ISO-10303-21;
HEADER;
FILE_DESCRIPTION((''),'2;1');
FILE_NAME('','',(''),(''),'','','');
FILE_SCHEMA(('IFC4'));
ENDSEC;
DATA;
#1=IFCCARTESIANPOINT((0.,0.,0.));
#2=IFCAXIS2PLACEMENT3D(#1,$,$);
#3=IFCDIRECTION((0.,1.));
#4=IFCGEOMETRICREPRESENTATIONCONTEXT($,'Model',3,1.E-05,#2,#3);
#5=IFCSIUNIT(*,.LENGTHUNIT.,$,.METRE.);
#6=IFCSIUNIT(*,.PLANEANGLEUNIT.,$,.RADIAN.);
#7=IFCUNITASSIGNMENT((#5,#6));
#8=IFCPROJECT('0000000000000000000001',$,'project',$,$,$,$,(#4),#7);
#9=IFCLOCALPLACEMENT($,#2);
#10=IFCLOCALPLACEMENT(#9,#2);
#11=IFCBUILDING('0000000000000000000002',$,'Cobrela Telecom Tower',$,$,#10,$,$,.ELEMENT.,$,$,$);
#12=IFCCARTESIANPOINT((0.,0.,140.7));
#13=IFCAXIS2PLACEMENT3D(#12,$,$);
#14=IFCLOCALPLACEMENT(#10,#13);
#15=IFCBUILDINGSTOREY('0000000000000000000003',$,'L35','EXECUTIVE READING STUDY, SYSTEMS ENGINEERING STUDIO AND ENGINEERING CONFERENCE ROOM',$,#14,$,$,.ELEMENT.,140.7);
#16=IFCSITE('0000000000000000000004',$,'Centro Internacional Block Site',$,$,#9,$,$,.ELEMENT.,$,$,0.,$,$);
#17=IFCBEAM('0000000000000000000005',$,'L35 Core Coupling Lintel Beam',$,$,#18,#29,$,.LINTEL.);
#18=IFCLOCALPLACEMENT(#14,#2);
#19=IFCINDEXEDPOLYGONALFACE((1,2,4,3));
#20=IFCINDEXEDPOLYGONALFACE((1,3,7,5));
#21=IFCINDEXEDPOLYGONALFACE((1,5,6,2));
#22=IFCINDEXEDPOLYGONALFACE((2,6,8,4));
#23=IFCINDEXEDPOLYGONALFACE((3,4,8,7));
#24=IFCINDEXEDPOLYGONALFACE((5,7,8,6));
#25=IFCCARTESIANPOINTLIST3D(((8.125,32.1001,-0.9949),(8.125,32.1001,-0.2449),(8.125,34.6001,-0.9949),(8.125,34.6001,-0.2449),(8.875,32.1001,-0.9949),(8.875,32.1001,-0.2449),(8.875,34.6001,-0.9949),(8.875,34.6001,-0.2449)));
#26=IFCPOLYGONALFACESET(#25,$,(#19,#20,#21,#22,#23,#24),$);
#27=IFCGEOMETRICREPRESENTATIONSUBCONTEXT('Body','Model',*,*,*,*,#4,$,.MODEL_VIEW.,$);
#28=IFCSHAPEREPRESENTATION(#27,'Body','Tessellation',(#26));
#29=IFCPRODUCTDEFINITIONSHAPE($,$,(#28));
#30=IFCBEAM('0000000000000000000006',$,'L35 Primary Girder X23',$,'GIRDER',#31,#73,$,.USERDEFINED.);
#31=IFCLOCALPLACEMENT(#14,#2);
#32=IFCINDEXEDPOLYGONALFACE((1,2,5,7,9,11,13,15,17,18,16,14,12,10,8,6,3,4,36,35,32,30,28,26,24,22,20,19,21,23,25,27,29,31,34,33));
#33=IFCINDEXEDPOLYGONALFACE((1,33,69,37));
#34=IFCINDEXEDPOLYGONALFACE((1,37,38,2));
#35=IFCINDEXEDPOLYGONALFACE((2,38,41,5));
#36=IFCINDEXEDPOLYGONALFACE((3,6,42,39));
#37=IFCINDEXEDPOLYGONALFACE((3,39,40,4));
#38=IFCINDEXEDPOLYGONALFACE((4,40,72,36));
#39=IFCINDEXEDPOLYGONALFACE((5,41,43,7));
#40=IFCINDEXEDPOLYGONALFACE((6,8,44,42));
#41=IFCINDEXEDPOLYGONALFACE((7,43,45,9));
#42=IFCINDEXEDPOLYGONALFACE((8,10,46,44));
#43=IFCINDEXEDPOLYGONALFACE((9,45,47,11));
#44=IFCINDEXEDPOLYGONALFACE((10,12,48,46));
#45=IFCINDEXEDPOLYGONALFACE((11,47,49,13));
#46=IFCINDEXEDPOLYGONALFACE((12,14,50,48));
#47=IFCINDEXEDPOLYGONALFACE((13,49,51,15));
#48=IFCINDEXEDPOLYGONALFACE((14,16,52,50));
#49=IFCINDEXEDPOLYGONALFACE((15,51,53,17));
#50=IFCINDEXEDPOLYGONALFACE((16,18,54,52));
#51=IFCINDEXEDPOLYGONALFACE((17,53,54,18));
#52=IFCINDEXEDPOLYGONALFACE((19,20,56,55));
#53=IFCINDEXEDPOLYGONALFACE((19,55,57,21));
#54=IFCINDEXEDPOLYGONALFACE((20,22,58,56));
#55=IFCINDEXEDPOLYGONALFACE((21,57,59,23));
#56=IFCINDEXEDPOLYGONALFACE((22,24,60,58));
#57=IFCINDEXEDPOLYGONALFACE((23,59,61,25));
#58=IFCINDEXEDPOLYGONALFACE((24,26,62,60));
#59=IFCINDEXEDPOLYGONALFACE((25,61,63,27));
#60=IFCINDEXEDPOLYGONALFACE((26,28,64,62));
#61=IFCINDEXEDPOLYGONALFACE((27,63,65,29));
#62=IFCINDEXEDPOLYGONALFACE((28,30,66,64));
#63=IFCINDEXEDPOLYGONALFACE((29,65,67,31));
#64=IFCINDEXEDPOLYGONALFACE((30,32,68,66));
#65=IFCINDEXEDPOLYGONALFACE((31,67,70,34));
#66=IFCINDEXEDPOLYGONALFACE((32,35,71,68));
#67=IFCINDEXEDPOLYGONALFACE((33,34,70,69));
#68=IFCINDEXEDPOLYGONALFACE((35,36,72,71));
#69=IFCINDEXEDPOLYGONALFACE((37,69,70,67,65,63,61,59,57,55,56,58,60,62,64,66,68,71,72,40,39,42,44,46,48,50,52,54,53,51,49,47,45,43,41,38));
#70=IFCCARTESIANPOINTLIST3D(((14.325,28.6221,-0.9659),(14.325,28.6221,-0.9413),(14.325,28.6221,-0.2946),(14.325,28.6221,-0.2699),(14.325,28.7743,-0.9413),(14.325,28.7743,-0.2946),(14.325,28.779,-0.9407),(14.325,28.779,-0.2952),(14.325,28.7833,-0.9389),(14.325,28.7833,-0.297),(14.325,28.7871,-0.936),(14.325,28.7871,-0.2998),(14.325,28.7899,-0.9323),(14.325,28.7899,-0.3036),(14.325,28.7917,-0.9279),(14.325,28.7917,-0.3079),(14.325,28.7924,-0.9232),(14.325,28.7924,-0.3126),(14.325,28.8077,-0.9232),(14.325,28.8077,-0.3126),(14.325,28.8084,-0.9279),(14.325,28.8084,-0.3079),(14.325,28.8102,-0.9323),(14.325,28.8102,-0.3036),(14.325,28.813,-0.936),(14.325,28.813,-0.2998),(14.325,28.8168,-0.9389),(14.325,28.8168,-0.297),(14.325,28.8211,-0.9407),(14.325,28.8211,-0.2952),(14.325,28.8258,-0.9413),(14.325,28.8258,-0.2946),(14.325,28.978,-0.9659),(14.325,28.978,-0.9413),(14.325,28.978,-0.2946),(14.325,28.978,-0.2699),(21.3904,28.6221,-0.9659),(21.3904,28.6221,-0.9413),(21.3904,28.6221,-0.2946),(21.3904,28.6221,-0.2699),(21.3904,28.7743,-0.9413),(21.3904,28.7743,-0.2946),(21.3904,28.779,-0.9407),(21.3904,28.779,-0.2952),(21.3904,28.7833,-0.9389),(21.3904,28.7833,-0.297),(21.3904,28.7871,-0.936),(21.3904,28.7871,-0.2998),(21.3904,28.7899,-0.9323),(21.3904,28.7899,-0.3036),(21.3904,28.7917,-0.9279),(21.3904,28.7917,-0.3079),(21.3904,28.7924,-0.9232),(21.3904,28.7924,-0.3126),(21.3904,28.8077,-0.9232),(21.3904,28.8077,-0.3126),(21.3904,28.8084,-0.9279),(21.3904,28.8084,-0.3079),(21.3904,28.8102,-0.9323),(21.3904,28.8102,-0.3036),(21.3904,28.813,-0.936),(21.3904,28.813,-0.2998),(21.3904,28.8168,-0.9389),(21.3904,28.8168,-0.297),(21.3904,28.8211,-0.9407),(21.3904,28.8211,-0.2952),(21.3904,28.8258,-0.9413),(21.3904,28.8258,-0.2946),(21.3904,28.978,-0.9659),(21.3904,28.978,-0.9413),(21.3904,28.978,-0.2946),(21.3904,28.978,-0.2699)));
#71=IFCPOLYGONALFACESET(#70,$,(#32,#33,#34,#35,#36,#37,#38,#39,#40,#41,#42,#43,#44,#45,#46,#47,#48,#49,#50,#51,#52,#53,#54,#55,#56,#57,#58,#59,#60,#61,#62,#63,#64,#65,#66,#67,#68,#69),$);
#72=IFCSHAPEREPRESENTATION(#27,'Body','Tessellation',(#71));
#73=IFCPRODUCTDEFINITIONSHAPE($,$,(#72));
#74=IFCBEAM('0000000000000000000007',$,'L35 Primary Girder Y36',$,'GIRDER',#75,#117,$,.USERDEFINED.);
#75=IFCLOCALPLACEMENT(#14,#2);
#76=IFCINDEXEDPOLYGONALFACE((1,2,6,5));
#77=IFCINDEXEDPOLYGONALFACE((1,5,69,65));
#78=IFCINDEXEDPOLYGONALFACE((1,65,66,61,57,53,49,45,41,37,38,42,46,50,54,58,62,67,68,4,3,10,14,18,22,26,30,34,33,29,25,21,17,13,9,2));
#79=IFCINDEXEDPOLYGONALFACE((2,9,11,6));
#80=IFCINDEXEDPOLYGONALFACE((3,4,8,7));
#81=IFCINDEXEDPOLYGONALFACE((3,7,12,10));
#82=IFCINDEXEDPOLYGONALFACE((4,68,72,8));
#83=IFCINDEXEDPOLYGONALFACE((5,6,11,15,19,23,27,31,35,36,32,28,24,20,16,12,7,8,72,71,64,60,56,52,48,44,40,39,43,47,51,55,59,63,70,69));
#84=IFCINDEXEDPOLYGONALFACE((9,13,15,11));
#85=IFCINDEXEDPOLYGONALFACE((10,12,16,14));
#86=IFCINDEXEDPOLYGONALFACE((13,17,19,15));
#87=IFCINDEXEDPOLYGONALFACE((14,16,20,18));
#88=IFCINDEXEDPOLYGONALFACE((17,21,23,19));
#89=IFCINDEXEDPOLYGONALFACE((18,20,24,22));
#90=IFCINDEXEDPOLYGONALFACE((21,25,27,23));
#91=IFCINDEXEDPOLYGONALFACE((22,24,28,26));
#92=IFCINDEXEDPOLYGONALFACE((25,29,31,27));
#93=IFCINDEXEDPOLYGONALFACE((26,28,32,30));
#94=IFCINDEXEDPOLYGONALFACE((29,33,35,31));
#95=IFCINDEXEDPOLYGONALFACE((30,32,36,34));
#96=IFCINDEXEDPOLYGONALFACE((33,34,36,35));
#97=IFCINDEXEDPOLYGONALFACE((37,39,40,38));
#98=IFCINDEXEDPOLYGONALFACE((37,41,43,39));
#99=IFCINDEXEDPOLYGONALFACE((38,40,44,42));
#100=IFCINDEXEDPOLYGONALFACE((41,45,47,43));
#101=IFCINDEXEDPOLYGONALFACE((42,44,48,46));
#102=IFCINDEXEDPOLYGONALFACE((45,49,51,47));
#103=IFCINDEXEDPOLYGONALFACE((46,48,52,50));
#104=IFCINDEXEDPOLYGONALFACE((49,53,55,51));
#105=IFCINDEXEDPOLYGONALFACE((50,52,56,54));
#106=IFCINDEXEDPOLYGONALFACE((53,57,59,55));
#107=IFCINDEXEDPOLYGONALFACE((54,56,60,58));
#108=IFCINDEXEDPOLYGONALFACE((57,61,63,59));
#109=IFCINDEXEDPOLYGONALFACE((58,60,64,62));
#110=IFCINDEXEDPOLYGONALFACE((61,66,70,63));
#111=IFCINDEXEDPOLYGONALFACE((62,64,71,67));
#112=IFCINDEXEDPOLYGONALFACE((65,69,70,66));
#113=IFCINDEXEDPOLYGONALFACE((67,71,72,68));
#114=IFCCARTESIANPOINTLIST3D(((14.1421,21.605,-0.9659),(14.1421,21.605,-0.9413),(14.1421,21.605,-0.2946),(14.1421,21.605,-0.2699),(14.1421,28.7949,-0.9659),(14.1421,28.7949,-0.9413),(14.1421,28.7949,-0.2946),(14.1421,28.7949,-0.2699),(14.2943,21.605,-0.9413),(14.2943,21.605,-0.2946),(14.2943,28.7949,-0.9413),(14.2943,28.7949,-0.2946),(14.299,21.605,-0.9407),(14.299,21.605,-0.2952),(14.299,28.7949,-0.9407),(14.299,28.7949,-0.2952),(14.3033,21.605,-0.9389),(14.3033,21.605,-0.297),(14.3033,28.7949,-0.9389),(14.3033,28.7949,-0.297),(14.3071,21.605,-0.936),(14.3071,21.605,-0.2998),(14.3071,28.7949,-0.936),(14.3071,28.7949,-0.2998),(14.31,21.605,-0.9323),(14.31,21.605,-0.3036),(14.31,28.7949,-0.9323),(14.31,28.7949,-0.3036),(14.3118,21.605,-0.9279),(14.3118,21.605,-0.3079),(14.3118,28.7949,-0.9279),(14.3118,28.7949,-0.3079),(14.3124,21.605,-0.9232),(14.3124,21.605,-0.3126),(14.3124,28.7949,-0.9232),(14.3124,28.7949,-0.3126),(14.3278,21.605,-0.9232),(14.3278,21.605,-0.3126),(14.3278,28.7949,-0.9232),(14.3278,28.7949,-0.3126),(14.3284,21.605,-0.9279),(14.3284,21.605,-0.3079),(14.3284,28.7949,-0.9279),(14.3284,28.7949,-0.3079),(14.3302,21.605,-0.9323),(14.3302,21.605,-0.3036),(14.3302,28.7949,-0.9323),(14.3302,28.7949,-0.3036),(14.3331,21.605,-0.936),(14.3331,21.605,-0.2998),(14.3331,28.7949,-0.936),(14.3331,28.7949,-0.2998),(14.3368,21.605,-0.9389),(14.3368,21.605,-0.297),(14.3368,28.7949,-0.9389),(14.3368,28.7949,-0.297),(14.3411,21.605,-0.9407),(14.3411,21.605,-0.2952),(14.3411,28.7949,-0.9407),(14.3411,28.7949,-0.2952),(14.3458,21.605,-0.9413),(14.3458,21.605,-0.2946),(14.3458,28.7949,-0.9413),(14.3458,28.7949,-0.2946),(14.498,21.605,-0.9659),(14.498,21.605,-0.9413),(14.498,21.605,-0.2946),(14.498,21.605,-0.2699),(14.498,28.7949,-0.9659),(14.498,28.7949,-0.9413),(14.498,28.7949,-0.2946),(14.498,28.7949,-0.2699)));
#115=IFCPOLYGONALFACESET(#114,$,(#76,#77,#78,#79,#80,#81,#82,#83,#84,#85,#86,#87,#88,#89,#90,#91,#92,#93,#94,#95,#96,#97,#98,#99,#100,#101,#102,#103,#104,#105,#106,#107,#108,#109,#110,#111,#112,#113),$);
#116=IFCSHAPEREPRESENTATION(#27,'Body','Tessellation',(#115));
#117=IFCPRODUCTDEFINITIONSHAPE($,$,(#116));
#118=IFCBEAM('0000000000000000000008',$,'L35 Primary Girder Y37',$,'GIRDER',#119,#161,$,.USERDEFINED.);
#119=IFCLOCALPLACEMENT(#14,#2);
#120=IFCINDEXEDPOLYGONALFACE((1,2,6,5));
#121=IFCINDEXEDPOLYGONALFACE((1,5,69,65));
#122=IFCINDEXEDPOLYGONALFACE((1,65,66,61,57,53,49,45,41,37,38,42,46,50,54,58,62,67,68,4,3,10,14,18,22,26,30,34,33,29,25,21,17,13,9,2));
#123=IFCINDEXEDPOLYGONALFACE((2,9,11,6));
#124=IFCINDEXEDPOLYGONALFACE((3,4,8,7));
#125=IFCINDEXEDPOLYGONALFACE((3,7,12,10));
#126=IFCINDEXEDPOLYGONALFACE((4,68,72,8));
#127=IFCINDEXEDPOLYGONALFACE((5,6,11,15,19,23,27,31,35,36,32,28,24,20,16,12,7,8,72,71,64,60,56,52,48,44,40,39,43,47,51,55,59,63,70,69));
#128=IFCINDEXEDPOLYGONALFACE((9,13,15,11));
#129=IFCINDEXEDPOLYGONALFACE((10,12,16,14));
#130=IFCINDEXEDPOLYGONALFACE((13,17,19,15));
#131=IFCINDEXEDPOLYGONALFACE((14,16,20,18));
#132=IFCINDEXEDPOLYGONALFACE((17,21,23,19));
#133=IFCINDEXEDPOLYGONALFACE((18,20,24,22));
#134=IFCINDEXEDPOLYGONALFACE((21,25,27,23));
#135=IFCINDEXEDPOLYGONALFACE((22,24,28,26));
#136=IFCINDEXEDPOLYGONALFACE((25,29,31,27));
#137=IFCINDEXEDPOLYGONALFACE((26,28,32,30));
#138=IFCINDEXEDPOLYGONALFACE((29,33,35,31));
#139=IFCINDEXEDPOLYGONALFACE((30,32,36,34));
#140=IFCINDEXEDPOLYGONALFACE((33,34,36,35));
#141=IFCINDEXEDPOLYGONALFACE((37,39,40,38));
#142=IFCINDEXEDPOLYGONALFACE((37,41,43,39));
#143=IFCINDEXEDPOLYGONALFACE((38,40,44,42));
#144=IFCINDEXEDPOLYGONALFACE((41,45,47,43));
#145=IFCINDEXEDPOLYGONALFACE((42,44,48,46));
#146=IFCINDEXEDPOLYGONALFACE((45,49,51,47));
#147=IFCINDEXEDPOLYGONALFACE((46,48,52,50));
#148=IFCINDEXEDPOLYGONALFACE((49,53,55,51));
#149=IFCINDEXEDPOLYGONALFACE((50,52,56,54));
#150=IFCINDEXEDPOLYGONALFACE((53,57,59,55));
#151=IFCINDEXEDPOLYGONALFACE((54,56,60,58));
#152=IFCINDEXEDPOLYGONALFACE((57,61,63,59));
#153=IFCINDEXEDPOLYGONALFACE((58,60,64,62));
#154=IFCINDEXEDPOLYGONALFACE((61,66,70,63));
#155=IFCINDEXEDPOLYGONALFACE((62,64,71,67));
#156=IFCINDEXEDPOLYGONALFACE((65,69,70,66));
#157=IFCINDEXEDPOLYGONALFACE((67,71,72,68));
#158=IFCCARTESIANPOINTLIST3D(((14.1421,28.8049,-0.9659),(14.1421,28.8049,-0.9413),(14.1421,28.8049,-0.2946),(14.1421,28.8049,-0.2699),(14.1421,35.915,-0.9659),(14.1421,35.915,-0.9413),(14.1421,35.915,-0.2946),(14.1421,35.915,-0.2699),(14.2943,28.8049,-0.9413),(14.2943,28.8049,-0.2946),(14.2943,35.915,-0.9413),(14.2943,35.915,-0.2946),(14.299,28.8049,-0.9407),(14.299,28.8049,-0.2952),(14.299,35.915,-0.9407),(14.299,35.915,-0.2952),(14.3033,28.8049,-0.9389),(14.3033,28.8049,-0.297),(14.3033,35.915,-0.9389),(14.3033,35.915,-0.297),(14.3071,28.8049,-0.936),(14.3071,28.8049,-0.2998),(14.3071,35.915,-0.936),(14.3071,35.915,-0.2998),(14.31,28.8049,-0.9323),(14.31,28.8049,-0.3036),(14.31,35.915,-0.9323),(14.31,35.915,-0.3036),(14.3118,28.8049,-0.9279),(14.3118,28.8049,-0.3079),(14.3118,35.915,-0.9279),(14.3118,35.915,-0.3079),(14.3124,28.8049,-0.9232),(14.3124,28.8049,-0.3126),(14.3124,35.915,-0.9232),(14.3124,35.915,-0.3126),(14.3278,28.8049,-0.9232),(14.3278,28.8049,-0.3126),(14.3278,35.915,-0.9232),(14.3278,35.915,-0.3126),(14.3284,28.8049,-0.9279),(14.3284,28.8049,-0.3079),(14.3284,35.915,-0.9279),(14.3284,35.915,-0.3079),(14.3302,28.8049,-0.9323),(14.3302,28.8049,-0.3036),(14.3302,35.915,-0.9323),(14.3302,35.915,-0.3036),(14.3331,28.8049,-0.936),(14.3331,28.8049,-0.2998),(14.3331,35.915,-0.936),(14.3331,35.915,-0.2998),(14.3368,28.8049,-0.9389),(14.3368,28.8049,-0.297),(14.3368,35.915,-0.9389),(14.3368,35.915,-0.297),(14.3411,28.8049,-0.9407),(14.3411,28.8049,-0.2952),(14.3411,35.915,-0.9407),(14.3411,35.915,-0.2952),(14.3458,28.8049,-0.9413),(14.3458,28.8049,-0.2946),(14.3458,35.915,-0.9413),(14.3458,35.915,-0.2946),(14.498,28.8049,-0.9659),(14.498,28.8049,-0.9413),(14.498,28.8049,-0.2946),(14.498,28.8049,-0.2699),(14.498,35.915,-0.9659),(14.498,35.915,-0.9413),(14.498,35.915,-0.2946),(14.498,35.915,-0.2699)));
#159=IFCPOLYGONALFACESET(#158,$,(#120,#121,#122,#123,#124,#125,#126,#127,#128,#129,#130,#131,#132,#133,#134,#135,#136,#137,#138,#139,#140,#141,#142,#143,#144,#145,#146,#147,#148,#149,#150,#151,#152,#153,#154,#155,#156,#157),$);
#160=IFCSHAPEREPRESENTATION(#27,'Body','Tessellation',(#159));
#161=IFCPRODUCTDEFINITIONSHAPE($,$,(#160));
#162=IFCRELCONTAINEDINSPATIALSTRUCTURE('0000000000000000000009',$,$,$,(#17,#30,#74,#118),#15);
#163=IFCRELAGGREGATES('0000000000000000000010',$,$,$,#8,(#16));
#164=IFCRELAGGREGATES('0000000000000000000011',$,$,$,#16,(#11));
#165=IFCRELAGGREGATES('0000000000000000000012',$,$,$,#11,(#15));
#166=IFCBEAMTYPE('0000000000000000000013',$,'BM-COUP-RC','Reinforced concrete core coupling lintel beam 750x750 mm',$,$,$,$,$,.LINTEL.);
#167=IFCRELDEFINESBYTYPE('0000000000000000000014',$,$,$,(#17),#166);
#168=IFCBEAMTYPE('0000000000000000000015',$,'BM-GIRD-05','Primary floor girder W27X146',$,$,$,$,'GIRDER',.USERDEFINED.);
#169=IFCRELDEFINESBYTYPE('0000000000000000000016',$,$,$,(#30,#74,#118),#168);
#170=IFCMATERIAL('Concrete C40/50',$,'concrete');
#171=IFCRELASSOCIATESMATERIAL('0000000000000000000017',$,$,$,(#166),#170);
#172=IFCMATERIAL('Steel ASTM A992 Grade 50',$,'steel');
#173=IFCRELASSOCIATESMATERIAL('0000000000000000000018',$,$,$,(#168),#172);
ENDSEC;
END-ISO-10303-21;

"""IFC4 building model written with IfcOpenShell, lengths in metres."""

from ifc_helpers import new_model, si_unit, direction, frame, origin, origin_2d, place, context, subcontext, project, spatial, rectangle, i_section, extrude, material, material_profile, profile_set, type_object, element, save


model = new_model("IFC4")

# Units and contexts
model_context = context("Model", 3, precision=1e-05, world=origin(), true_north=direction((0.0, 1.0)))
body_context = subcontext(model_context, "Body", "Model", "MODEL_VIEW")
ifc_project = project(units=[si_unit("LENGTHUNIT", "METRE"), si_unit("PLANEANGLEUNIT", "RADIAN")], contexts=[model_context])

# Site, building, storey
site_placement = place(None, origin())
site = spatial("IfcSite", under=ifc_project, at=site_placement, Name="Centro Internacional Block Site", CompositionType="ELEMENT", RefElevation=0.0)
building_placement = place(site_placement, origin())
building = spatial("IfcBuilding", under=site, at=building_placement, Name="Cobrela Telecom Tower", CompositionType="ELEMENT")
storey_placement = place(building_placement, frame((0.0, 0.0, 140.7)))
storey = spatial("IfcBuildingStorey", under=building, at=storey_placement, Name="L35", Description="EXECUTIVE READING STUDY, SYSTEMS ENGINEERING STUDIO AND ENGINEERING CONFERENCE ROOM", CompositionType="ELEMENT", Elevation=140.7)

# Beams
ifc_material_1 = material(Name="Concrete C40/50", Category="concrete")
ifc_material_profile_1 = material_profile(ifc_material_1, rectangle(XDim=0.75, YDim=0.75, at=origin_2d()), Name="RC 750x750")
ifc_profile_set_1 = profile_set([ifc_material_profile_1], Name="Concrete C40/50")
beam_type_1 = type_object("IfcBeamType", Name="BM-COUP-RC", Description="Reinforced concrete core coupling lintel beam 750x750 mm", PredefinedType="LINTEL", material=ifc_profile_set_1)
beam_1_placement = place(storey_placement, frame((8.5, 32.1001, -0.6199), z_axis=(0.0, 1.0, 0.0), x_axis=(-1.0, 0.0, 0.0)))
element("IfcBeam", 1, at=beam_1_placement, inside=storey, type_object=beam_type_1, Name="L35 Core Coupling Lintel Beam", PredefinedType="LINTEL", context=body_context, shape_type="SweptSolid", body=[
    extrude(rectangle(XDim=0.75, YDim=0.75, at=origin_2d()), origin(), (0.0, 0.0, 1.0), 2.5),
])
ifc_material_2 = material(Name="Steel ASTM A992 Grade 50", Category="steel")
ifc_material_profile_2 = material_profile(ifc_material_2, i_section(OverallWidth=0.356, OverallDepth=0.696, WebThickness=0.0154, FlangeThickness=0.0247, FilletRadius=0.0181, at=origin_2d()), Name="W27X146")
ifc_profile_set_2 = profile_set([ifc_material_profile_2], Name="Steel ASTM A992 Grade 50")
beam_type_2 = type_object("IfcBeamType", Name="BM-GIRD-05", Description="Primary floor girder W27X146", ElementType="GIRDER", PredefinedType="USERDEFINED", material=ifc_profile_set_2)
beam_2_placement = place(storey_placement, frame((14.325, 28.8, -0.6179), z_axis=(1.0, 0.0, 0.0), x_axis=(0.0, 1.0, 0.0)))
element("IfcBeam", 2, at=beam_2_placement, inside=storey, type_object=beam_type_2, Name="L35 Primary Girder X23", ObjectType="GIRDER", PredefinedType="USERDEFINED", context=body_context, shape_type="SweptSolid", body=[
    extrude(i_section(OverallWidth=0.356, OverallDepth=0.696, WebThickness=0.0154, FlangeThickness=0.0247, FilletRadius=0.0181, at=origin_2d()), origin(), (0.0, 0.0, 1.0), 7.0654),
])
beam_3_placement = place(storey_placement, frame((14.3201, 21.605, -0.6179), z_axis=(0.0, 1.0, 0.0), x_axis=(-1.0, 0.0, 0.0)))
element("IfcBeam", 3, at=beam_3_placement, inside=storey, type_object=beam_type_2, Name="L35 Primary Girder Y36", ObjectType="GIRDER", PredefinedType="USERDEFINED", context=body_context, shape_type="SweptSolid", body=[
    extrude(i_section(OverallWidth=0.356, OverallDepth=0.696, WebThickness=0.0154, FlangeThickness=0.0247, FilletRadius=0.0181, at=origin_2d()), origin(), (0.0, 0.0, 1.0), 7.1899),
])
beam_4_placement = place(storey_placement, frame((14.3201, 28.8049, -0.6179), z_axis=(0.0, 1.0, 0.0), x_axis=(-1.0, 0.0, 0.0)))
element("IfcBeam", 4, at=beam_4_placement, inside=storey, type_object=beam_type_2, Name="L35 Primary Girder Y37", ObjectType="GIRDER", PredefinedType="USERDEFINED", context=body_context, shape_type="SweptSolid", body=[
    extrude(i_section(OverallWidth=0.356, OverallDepth=0.696, WebThickness=0.0154, FlangeThickness=0.0247, FilletRadius=0.0181, at=origin_2d()), origin(), (0.0, 0.0, 1.0), 7.1101),
])

save(model, "model.ifc")
